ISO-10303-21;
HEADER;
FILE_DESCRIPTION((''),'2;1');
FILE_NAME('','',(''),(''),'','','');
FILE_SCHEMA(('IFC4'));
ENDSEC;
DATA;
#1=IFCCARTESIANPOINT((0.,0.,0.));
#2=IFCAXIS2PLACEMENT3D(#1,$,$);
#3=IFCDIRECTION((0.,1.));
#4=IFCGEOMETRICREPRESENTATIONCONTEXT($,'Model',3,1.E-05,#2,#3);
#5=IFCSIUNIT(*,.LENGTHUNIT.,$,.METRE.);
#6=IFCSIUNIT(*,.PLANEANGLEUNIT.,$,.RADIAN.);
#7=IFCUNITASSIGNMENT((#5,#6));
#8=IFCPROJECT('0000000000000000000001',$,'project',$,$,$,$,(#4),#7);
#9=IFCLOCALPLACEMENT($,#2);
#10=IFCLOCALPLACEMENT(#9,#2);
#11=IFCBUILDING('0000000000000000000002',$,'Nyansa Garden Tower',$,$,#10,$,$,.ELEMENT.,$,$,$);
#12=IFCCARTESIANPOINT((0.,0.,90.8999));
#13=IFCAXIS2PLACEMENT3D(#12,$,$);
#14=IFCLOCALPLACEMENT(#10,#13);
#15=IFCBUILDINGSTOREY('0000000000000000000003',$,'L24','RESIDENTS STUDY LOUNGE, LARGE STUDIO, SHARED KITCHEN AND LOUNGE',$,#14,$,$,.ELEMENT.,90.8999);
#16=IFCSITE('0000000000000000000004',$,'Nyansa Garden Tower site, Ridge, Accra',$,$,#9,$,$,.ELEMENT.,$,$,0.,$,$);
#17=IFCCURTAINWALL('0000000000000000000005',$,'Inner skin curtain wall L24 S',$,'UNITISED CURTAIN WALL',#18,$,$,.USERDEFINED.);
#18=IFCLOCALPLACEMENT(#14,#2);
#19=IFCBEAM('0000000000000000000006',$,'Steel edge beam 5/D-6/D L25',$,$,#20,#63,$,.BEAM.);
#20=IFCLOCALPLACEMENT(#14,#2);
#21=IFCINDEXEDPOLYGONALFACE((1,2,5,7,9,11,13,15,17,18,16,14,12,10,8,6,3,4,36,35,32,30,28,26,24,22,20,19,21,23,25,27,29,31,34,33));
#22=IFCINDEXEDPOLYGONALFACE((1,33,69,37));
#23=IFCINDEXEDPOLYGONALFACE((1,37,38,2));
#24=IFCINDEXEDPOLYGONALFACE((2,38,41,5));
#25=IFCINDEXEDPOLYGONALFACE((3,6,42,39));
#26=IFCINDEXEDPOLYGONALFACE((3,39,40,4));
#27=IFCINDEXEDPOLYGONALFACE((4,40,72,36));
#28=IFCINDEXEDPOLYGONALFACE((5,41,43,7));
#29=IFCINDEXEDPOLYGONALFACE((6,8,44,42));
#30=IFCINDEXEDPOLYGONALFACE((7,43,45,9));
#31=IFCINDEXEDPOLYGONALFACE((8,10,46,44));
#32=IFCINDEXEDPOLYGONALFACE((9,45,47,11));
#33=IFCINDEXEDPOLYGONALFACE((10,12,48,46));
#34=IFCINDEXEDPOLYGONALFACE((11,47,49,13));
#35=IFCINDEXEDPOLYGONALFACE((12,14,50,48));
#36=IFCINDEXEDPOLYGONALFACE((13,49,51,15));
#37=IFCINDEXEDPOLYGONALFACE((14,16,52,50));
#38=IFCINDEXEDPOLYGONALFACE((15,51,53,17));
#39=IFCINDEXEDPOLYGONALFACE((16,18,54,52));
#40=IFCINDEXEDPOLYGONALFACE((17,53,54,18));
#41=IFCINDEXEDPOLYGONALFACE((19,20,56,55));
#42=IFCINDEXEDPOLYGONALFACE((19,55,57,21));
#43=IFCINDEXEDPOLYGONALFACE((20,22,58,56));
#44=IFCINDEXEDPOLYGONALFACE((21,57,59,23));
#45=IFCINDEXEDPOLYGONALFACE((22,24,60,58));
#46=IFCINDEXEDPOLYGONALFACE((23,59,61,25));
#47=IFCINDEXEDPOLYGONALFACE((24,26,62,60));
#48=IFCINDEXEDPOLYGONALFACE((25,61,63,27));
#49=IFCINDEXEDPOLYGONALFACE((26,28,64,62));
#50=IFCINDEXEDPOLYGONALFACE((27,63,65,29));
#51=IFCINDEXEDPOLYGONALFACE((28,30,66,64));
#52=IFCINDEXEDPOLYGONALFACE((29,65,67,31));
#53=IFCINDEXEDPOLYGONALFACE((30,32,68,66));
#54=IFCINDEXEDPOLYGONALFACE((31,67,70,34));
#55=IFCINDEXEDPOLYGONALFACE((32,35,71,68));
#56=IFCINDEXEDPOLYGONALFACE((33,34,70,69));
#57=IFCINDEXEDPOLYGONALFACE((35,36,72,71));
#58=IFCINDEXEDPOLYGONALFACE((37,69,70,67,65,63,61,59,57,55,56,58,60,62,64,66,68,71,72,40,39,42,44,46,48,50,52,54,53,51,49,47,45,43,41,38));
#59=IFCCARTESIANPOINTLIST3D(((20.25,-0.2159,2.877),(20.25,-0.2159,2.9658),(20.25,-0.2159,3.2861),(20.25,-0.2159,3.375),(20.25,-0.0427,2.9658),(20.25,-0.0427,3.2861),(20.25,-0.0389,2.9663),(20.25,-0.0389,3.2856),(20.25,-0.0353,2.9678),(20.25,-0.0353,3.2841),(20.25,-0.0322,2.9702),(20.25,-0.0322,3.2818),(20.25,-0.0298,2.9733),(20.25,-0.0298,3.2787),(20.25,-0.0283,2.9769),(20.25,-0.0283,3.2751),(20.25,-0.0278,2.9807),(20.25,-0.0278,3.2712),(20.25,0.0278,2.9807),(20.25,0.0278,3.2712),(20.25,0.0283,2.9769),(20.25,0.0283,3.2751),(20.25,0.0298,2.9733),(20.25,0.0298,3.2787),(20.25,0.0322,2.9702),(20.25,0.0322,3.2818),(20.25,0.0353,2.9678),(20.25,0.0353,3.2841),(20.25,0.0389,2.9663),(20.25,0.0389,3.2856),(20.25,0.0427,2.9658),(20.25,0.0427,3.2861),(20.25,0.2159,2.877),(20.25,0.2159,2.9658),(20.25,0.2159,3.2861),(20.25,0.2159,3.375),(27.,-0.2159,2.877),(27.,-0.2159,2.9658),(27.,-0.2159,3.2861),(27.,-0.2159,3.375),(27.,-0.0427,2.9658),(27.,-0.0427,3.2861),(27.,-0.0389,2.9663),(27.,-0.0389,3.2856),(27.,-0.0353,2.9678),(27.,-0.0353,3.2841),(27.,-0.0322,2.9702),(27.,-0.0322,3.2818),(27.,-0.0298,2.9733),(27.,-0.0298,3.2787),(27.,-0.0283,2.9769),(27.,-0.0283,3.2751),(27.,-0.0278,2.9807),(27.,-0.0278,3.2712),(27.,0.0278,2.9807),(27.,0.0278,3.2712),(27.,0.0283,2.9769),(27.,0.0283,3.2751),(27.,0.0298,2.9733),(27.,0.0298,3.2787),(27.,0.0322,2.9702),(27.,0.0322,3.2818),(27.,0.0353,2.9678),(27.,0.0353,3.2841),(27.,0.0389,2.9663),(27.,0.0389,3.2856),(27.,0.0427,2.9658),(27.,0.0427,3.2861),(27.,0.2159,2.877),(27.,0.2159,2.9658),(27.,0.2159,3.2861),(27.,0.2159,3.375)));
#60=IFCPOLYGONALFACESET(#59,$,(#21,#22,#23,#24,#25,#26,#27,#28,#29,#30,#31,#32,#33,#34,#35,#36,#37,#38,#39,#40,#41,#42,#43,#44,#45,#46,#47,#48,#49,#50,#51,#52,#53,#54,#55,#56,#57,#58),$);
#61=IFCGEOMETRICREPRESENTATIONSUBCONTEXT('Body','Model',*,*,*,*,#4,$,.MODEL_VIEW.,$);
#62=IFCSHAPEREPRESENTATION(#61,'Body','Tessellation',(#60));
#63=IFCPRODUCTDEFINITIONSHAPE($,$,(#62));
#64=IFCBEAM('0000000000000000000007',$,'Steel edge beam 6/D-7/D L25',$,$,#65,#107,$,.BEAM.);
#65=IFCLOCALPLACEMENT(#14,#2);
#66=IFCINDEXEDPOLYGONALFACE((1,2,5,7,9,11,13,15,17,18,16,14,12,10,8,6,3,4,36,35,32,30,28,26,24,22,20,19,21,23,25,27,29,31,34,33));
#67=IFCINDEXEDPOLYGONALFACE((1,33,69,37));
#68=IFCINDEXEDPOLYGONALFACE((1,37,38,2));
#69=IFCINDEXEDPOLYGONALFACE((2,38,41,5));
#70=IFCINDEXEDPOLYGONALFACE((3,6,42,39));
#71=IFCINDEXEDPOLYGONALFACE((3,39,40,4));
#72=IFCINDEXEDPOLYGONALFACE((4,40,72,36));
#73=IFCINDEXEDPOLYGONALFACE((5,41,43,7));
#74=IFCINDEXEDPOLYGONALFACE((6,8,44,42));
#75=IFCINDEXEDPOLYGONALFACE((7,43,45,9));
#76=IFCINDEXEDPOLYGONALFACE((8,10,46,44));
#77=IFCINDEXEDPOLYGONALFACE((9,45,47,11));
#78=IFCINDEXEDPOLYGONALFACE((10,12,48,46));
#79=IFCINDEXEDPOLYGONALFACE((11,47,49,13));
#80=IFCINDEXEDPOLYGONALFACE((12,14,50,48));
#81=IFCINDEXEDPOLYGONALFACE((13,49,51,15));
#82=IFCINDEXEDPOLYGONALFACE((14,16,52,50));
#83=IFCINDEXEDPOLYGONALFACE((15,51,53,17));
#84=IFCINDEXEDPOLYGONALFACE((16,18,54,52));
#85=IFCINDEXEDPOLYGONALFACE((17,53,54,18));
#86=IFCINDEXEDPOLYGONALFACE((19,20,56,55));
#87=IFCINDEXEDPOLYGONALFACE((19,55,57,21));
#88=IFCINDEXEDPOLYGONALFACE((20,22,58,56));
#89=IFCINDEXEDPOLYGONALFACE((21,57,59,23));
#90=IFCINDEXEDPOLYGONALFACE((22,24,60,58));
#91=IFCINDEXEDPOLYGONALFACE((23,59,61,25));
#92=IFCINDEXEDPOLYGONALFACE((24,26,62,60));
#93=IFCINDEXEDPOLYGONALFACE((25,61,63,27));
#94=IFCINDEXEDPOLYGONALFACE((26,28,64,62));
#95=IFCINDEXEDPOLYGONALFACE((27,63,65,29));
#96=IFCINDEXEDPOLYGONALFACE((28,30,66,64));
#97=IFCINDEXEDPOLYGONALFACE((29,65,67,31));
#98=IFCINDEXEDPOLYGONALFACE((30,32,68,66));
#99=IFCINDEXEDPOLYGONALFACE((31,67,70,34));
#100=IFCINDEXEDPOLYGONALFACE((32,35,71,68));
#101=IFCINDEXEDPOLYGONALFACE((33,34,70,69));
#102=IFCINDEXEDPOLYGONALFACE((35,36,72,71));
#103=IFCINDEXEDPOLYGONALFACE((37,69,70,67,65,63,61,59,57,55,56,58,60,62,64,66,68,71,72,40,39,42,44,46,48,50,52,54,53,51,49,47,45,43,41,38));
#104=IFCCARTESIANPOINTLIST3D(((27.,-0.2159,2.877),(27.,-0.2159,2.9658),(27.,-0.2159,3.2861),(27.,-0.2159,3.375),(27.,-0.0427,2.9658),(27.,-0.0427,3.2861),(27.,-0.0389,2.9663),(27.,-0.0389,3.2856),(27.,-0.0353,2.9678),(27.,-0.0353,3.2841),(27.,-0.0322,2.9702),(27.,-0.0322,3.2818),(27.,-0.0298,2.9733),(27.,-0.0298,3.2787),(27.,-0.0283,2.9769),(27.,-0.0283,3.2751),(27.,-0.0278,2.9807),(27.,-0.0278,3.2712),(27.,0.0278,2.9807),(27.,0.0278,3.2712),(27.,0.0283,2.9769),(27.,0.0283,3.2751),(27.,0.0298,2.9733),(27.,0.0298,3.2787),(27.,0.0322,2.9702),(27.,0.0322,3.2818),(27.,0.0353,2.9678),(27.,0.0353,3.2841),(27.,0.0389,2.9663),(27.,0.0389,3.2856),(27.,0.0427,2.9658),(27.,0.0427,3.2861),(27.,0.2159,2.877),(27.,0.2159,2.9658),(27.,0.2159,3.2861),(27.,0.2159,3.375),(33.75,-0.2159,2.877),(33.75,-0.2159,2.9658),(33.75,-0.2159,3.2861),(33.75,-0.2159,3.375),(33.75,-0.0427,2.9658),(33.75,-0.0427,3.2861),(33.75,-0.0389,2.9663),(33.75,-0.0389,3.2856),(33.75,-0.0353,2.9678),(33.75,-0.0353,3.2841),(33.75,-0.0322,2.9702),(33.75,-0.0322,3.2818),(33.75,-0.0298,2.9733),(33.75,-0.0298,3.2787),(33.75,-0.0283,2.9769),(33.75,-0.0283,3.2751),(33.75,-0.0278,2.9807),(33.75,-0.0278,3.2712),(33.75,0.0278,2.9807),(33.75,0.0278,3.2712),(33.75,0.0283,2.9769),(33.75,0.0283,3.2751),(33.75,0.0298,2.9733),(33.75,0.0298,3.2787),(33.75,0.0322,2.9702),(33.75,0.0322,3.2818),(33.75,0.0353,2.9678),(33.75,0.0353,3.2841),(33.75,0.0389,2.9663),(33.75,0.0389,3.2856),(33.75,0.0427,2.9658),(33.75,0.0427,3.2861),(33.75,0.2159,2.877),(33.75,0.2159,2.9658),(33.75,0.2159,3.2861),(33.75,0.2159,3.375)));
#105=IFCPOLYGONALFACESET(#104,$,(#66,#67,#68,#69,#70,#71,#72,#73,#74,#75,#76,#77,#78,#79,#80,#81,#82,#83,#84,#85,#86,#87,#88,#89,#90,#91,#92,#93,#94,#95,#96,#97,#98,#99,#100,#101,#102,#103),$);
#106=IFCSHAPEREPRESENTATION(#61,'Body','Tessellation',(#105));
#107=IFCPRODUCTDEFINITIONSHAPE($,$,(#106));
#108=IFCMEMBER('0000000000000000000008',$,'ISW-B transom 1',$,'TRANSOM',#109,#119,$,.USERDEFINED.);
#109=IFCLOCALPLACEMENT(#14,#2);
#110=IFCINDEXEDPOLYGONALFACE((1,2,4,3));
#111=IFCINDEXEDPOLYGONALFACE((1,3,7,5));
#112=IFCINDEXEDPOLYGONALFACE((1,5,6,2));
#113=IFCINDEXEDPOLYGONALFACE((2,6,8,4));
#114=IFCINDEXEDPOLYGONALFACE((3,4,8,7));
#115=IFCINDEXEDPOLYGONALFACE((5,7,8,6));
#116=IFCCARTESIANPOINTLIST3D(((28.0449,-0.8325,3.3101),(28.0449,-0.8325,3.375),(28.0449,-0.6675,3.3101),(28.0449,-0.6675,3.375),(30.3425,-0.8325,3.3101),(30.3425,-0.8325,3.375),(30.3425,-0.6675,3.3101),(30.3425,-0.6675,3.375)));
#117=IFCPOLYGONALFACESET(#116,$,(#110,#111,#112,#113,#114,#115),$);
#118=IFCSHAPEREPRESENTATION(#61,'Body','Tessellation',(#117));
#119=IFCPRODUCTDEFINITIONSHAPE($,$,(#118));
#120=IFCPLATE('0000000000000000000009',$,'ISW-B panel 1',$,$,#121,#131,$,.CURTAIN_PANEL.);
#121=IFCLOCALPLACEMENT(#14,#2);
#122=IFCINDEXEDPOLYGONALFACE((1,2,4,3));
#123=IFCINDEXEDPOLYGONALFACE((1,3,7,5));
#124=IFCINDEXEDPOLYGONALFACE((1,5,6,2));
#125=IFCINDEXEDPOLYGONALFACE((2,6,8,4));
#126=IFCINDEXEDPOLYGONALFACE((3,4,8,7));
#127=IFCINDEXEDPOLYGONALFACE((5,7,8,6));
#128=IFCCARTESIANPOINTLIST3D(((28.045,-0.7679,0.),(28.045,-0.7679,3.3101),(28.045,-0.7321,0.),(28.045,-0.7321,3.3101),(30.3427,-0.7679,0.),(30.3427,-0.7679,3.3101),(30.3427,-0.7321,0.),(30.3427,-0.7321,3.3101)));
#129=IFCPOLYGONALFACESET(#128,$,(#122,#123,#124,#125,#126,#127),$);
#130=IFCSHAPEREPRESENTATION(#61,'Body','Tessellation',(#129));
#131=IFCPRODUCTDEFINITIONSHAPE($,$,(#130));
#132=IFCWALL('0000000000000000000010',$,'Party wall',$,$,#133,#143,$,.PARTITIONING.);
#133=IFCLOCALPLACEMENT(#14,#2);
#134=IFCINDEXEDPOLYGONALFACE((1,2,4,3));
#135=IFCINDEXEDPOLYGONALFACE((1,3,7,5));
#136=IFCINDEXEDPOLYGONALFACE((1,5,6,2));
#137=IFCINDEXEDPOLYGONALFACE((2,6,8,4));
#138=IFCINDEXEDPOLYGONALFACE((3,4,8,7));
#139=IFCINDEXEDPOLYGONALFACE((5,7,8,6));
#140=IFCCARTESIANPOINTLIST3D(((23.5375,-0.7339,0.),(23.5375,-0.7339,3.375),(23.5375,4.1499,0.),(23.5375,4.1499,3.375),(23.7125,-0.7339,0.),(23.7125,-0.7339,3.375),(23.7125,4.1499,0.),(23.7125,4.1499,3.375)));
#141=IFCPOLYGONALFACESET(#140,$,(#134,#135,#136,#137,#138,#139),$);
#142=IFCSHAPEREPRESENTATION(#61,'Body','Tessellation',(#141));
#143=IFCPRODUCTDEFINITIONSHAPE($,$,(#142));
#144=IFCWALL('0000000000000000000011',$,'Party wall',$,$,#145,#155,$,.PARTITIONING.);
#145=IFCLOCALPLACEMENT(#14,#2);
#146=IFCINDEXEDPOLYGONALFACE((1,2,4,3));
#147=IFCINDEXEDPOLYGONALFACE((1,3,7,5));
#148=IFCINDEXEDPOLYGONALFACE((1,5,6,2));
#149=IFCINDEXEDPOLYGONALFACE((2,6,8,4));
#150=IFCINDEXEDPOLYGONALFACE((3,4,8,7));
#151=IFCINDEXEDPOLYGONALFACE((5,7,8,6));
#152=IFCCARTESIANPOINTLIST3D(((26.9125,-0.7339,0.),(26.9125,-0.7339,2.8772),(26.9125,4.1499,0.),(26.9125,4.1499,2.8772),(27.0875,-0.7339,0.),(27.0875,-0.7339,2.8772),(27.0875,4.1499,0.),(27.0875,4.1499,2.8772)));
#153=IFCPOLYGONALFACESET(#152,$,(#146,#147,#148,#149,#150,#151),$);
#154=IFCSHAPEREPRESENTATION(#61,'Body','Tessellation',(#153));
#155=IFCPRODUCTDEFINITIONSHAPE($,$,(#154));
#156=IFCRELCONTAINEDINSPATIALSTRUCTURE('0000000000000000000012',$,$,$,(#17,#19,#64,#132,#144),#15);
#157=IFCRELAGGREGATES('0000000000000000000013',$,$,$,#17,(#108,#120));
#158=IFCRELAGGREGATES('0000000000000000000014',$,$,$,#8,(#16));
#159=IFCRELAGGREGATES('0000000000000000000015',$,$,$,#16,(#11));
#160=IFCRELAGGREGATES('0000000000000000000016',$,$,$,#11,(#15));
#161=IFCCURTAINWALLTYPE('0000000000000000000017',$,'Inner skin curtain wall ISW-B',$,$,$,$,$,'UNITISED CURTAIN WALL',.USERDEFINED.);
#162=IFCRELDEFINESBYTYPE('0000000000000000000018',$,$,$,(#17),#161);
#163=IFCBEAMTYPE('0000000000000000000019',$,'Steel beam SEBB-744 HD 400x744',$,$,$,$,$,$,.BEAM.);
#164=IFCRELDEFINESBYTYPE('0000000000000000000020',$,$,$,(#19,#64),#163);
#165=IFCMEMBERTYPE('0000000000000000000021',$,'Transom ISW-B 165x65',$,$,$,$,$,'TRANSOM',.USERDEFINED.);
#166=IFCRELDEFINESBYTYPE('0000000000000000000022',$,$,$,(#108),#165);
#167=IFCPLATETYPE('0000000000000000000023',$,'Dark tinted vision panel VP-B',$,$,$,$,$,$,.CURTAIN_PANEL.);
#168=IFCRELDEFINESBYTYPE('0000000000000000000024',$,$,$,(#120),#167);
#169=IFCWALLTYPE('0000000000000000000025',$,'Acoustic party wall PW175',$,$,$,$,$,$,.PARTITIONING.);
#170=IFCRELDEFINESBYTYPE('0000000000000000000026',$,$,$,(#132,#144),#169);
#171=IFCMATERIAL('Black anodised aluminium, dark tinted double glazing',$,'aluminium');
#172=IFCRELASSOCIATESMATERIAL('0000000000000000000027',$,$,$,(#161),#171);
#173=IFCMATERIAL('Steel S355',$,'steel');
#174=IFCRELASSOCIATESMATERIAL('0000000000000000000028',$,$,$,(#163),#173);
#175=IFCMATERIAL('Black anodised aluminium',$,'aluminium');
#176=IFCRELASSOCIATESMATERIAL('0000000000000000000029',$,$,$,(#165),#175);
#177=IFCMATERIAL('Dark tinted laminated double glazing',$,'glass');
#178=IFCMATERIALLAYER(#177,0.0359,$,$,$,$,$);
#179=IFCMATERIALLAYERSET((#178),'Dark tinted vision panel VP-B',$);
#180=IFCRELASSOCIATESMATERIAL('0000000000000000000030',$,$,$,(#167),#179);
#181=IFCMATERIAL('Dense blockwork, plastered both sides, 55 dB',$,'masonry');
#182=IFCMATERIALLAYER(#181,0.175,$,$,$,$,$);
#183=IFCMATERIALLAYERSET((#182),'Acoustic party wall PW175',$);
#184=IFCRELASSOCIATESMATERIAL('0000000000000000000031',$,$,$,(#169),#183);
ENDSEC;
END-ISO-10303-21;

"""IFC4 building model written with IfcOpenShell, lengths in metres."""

from ifc_helpers import new_model, si_unit, direction, frame, frame_2d, origin, origin_2d, place, context, subcontext, project, spatial, rectangle, i_section, extrude, material, layer, layer_set, material_profile, profile_set, type_object, element, aggregate, save


model = new_model("IFC4")

# Units and contexts
model_context = context("Model", 3, precision=1e-05, world=origin(), true_north=direction((0.0, 1.0)))
body_context = subcontext(model_context, "Body", "Model", "MODEL_VIEW")
ifc_project = project(units=[si_unit("LENGTHUNIT", "METRE"), si_unit("PLANEANGLEUNIT", "RADIAN")], contexts=[model_context])

# Site, building, storey
site_placement = place(None, origin())
site = spatial("IfcSite", under=ifc_project, at=site_placement, Name="Nyansa Garden Tower site, Ridge, Accra", CompositionType="ELEMENT", RefElevation=0.0)
building_placement = place(site_placement, origin())
building = spatial("IfcBuilding", under=site, at=building_placement, Name="Nyansa Garden Tower", CompositionType="ELEMENT")
storey_placement = place(building_placement, frame((0.0, 0.0, 90.8999)))
storey = spatial("IfcBuildingStorey", under=building, at=storey_placement, Name="L24", Description="RESIDENTS STUDY LOUNGE, LARGE STUDIO, SHARED KITCHEN AND LOUNGE", CompositionType="ELEMENT", Elevation=90.8999)

# Curtain wall
ifc_material_1 = material(Name="Black anodised aluminium, dark tinted double glazing", Category="aluminium")
curtain_wall_type = type_object("IfcCurtainWallType", Name="Inner skin curtain wall ISW-B", ElementType="UNITISED CURTAIN WALL", PredefinedType="USERDEFINED", material=ifc_material_1)
curtain_wall_placement = place(storey_placement, origin())
curtain_wall = element("IfcCurtainWall", 1, at=curtain_wall_placement, inside=storey, type_object=curtain_wall_type, Name="Inner skin curtain wall L24 S", ObjectType="UNITISED CURTAIN WALL", PredefinedType="USERDEFINED")

# Beams
ifc_material_2 = material(Name="Steel S355", Category="steel")
ifc_material_profile_1 = material_profile(ifc_material_2, i_section(OverallWidth=0.4319, OverallDepth=0.498, WebThickness=0.0557, FlangeThickness=0.0889, FilletRadius=0.0149, at=origin_2d()), Name="HD 400x744")
ifc_profile_set_1 = profile_set([ifc_material_profile_1], Name="Steel S355")
beam_type_1 = type_object("IfcBeamType", Name="Steel beam SEBB-744 HD 400x744", PredefinedType="BEAM", material=ifc_profile_set_1)
for number, where, z_axis, x_axis, name in (
    (2, (20.25, 0.0, 3.126), (1.0, 0.0, 0.0), (0.0, 1.0, 0.0), "Steel edge beam 5/D-6/D L25"),
    (3, (27.0, 0.0, 3.126), (1.0, 0.0, 0.0), (0.0, 1.0, 0.0), "Steel edge beam 6/D-7/D L25"),
):
    element("IfcBeam", number, at=place(storey_placement, frame(where, z_axis=z_axis, x_axis=x_axis)), inside=storey, type_object=beam_type_1, Name=name, PredefinedType="BEAM", context=body_context, shape_type="SweptSolid", body=[
        extrude(i_section(OverallWidth=0.4319, OverallDepth=0.498, WebThickness=0.0557, FlangeThickness=0.0889, FilletRadius=0.0149, at=origin_2d()), origin(), (0.0, 0.0, 1.0), 6.75),
    ])

# Member
ifc_material_3 = material(Name="Black anodised aluminium", Category="aluminium")
ifc_material_profile_2 = material_profile(ifc_material_3, rectangle(XDim=0.165, YDim=0.0649, at=origin_2d()), Name="Transom 165x65")
ifc_profile_set_2 = profile_set([ifc_material_profile_2], Name="Black anodised aluminium")
member_type_1 = type_object("IfcMemberType", Name="Transom ISW-B 165x65", ElementType="TRANSOM", PredefinedType="USERDEFINED", material=ifc_profile_set_2)
member_1_placement = place(storey_placement, frame((28.0449, -0.75, 3.3425), z_axis=(1.0, 0.0, 0.0), x_axis=(0.0, 1.0, 0.0)))
member_1 = element("IfcMember", 4, at=member_1_placement, type_object=member_type_1, Name="ISW-B transom 1", ObjectType="TRANSOM", PredefinedType="USERDEFINED", context=body_context, shape_type="SweptSolid", body=[
    extrude(rectangle(XDim=0.165, YDim=0.0649, at=origin_2d()), origin(), (0.0, 0.0, 1.0), 2.2976),
])

# Plate
ifc_material_4 = material(Name="Dark tinted laminated double glazing", Category="glass")
ifc_layer_1 = layer(ifc_material_4, 0.0359)
ifc_layer_set_1 = layer_set([ifc_layer_1], Name="Dark tinted vision panel VP-B")
plate_type = type_object("IfcPlateType", Name="Dark tinted vision panel VP-B", PredefinedType="CURTAIN_PANEL", material=ifc_layer_set_1)
plate_placement = place(storey_placement, frame((29.1938, -0.75, 0.0), z_axis=(0.0, 0.0, 1.0), x_axis=(1.0, 0.0, 0.0)))
plate = element("IfcPlate", 5, at=plate_placement, type_object=plate_type, Name="ISW-B panel 1", PredefinedType="CURTAIN_PANEL", context=body_context, shape_type="SweptSolid", body=[
    extrude(rectangle(XDim=2.2976, YDim=0.0359, at=origin_2d()), origin(), (0.0, 0.0, 1.0), 3.3101),
])
aggregate(curtain_wall, [member_1, plate])

# Walls
ifc_material_5 = material(Name="Dense blockwork, plastered both sides, 55 dB", Category="masonry")
ifc_layer_2 = layer(ifc_material_5, 0.175)
ifc_layer_set_2 = layer_set([ifc_layer_2], Name="Acoustic party wall PW175")
wall_type_1 = type_object("IfcWallType", Name="Acoustic party wall PW175", PredefinedType="PARTITIONING", material=ifc_layer_set_2)
wall_1_placement = place(storey_placement, frame((23.625, -0.7339, 0.0), z_axis=(0.0, 0.0, 1.0), x_axis=(0.0, 1.0, 0.0)))
element("IfcWall", 6, at=wall_1_placement, inside=storey, type_object=wall_type_1, Name="Party wall", PredefinedType="PARTITIONING", context=body_context, shape_type="SweptSolid", body=[
    extrude(rectangle(XDim=4.8838, YDim=0.175, at=frame_2d((2.4419, 0.0))), origin(), (0.0, 0.0, 1.0), 3.375),
])
wall_2_placement = place(storey_placement, frame((27.0, -0.7339, 0.0), z_axis=(0.0, 0.0, 1.0), x_axis=(0.0, 1.0, 0.0)))
element("IfcWall", 7, at=wall_2_placement, inside=storey, type_object=wall_type_1, Name="Party wall", PredefinedType="PARTITIONING", context=body_context, shape_type="SweptSolid", body=[
    extrude(rectangle(XDim=4.8838, YDim=0.175, at=frame_2d((2.4419, 0.0))), origin(), (0.0, 0.0, 1.0), 2.8772),
])

save(model, "model.ifc")
